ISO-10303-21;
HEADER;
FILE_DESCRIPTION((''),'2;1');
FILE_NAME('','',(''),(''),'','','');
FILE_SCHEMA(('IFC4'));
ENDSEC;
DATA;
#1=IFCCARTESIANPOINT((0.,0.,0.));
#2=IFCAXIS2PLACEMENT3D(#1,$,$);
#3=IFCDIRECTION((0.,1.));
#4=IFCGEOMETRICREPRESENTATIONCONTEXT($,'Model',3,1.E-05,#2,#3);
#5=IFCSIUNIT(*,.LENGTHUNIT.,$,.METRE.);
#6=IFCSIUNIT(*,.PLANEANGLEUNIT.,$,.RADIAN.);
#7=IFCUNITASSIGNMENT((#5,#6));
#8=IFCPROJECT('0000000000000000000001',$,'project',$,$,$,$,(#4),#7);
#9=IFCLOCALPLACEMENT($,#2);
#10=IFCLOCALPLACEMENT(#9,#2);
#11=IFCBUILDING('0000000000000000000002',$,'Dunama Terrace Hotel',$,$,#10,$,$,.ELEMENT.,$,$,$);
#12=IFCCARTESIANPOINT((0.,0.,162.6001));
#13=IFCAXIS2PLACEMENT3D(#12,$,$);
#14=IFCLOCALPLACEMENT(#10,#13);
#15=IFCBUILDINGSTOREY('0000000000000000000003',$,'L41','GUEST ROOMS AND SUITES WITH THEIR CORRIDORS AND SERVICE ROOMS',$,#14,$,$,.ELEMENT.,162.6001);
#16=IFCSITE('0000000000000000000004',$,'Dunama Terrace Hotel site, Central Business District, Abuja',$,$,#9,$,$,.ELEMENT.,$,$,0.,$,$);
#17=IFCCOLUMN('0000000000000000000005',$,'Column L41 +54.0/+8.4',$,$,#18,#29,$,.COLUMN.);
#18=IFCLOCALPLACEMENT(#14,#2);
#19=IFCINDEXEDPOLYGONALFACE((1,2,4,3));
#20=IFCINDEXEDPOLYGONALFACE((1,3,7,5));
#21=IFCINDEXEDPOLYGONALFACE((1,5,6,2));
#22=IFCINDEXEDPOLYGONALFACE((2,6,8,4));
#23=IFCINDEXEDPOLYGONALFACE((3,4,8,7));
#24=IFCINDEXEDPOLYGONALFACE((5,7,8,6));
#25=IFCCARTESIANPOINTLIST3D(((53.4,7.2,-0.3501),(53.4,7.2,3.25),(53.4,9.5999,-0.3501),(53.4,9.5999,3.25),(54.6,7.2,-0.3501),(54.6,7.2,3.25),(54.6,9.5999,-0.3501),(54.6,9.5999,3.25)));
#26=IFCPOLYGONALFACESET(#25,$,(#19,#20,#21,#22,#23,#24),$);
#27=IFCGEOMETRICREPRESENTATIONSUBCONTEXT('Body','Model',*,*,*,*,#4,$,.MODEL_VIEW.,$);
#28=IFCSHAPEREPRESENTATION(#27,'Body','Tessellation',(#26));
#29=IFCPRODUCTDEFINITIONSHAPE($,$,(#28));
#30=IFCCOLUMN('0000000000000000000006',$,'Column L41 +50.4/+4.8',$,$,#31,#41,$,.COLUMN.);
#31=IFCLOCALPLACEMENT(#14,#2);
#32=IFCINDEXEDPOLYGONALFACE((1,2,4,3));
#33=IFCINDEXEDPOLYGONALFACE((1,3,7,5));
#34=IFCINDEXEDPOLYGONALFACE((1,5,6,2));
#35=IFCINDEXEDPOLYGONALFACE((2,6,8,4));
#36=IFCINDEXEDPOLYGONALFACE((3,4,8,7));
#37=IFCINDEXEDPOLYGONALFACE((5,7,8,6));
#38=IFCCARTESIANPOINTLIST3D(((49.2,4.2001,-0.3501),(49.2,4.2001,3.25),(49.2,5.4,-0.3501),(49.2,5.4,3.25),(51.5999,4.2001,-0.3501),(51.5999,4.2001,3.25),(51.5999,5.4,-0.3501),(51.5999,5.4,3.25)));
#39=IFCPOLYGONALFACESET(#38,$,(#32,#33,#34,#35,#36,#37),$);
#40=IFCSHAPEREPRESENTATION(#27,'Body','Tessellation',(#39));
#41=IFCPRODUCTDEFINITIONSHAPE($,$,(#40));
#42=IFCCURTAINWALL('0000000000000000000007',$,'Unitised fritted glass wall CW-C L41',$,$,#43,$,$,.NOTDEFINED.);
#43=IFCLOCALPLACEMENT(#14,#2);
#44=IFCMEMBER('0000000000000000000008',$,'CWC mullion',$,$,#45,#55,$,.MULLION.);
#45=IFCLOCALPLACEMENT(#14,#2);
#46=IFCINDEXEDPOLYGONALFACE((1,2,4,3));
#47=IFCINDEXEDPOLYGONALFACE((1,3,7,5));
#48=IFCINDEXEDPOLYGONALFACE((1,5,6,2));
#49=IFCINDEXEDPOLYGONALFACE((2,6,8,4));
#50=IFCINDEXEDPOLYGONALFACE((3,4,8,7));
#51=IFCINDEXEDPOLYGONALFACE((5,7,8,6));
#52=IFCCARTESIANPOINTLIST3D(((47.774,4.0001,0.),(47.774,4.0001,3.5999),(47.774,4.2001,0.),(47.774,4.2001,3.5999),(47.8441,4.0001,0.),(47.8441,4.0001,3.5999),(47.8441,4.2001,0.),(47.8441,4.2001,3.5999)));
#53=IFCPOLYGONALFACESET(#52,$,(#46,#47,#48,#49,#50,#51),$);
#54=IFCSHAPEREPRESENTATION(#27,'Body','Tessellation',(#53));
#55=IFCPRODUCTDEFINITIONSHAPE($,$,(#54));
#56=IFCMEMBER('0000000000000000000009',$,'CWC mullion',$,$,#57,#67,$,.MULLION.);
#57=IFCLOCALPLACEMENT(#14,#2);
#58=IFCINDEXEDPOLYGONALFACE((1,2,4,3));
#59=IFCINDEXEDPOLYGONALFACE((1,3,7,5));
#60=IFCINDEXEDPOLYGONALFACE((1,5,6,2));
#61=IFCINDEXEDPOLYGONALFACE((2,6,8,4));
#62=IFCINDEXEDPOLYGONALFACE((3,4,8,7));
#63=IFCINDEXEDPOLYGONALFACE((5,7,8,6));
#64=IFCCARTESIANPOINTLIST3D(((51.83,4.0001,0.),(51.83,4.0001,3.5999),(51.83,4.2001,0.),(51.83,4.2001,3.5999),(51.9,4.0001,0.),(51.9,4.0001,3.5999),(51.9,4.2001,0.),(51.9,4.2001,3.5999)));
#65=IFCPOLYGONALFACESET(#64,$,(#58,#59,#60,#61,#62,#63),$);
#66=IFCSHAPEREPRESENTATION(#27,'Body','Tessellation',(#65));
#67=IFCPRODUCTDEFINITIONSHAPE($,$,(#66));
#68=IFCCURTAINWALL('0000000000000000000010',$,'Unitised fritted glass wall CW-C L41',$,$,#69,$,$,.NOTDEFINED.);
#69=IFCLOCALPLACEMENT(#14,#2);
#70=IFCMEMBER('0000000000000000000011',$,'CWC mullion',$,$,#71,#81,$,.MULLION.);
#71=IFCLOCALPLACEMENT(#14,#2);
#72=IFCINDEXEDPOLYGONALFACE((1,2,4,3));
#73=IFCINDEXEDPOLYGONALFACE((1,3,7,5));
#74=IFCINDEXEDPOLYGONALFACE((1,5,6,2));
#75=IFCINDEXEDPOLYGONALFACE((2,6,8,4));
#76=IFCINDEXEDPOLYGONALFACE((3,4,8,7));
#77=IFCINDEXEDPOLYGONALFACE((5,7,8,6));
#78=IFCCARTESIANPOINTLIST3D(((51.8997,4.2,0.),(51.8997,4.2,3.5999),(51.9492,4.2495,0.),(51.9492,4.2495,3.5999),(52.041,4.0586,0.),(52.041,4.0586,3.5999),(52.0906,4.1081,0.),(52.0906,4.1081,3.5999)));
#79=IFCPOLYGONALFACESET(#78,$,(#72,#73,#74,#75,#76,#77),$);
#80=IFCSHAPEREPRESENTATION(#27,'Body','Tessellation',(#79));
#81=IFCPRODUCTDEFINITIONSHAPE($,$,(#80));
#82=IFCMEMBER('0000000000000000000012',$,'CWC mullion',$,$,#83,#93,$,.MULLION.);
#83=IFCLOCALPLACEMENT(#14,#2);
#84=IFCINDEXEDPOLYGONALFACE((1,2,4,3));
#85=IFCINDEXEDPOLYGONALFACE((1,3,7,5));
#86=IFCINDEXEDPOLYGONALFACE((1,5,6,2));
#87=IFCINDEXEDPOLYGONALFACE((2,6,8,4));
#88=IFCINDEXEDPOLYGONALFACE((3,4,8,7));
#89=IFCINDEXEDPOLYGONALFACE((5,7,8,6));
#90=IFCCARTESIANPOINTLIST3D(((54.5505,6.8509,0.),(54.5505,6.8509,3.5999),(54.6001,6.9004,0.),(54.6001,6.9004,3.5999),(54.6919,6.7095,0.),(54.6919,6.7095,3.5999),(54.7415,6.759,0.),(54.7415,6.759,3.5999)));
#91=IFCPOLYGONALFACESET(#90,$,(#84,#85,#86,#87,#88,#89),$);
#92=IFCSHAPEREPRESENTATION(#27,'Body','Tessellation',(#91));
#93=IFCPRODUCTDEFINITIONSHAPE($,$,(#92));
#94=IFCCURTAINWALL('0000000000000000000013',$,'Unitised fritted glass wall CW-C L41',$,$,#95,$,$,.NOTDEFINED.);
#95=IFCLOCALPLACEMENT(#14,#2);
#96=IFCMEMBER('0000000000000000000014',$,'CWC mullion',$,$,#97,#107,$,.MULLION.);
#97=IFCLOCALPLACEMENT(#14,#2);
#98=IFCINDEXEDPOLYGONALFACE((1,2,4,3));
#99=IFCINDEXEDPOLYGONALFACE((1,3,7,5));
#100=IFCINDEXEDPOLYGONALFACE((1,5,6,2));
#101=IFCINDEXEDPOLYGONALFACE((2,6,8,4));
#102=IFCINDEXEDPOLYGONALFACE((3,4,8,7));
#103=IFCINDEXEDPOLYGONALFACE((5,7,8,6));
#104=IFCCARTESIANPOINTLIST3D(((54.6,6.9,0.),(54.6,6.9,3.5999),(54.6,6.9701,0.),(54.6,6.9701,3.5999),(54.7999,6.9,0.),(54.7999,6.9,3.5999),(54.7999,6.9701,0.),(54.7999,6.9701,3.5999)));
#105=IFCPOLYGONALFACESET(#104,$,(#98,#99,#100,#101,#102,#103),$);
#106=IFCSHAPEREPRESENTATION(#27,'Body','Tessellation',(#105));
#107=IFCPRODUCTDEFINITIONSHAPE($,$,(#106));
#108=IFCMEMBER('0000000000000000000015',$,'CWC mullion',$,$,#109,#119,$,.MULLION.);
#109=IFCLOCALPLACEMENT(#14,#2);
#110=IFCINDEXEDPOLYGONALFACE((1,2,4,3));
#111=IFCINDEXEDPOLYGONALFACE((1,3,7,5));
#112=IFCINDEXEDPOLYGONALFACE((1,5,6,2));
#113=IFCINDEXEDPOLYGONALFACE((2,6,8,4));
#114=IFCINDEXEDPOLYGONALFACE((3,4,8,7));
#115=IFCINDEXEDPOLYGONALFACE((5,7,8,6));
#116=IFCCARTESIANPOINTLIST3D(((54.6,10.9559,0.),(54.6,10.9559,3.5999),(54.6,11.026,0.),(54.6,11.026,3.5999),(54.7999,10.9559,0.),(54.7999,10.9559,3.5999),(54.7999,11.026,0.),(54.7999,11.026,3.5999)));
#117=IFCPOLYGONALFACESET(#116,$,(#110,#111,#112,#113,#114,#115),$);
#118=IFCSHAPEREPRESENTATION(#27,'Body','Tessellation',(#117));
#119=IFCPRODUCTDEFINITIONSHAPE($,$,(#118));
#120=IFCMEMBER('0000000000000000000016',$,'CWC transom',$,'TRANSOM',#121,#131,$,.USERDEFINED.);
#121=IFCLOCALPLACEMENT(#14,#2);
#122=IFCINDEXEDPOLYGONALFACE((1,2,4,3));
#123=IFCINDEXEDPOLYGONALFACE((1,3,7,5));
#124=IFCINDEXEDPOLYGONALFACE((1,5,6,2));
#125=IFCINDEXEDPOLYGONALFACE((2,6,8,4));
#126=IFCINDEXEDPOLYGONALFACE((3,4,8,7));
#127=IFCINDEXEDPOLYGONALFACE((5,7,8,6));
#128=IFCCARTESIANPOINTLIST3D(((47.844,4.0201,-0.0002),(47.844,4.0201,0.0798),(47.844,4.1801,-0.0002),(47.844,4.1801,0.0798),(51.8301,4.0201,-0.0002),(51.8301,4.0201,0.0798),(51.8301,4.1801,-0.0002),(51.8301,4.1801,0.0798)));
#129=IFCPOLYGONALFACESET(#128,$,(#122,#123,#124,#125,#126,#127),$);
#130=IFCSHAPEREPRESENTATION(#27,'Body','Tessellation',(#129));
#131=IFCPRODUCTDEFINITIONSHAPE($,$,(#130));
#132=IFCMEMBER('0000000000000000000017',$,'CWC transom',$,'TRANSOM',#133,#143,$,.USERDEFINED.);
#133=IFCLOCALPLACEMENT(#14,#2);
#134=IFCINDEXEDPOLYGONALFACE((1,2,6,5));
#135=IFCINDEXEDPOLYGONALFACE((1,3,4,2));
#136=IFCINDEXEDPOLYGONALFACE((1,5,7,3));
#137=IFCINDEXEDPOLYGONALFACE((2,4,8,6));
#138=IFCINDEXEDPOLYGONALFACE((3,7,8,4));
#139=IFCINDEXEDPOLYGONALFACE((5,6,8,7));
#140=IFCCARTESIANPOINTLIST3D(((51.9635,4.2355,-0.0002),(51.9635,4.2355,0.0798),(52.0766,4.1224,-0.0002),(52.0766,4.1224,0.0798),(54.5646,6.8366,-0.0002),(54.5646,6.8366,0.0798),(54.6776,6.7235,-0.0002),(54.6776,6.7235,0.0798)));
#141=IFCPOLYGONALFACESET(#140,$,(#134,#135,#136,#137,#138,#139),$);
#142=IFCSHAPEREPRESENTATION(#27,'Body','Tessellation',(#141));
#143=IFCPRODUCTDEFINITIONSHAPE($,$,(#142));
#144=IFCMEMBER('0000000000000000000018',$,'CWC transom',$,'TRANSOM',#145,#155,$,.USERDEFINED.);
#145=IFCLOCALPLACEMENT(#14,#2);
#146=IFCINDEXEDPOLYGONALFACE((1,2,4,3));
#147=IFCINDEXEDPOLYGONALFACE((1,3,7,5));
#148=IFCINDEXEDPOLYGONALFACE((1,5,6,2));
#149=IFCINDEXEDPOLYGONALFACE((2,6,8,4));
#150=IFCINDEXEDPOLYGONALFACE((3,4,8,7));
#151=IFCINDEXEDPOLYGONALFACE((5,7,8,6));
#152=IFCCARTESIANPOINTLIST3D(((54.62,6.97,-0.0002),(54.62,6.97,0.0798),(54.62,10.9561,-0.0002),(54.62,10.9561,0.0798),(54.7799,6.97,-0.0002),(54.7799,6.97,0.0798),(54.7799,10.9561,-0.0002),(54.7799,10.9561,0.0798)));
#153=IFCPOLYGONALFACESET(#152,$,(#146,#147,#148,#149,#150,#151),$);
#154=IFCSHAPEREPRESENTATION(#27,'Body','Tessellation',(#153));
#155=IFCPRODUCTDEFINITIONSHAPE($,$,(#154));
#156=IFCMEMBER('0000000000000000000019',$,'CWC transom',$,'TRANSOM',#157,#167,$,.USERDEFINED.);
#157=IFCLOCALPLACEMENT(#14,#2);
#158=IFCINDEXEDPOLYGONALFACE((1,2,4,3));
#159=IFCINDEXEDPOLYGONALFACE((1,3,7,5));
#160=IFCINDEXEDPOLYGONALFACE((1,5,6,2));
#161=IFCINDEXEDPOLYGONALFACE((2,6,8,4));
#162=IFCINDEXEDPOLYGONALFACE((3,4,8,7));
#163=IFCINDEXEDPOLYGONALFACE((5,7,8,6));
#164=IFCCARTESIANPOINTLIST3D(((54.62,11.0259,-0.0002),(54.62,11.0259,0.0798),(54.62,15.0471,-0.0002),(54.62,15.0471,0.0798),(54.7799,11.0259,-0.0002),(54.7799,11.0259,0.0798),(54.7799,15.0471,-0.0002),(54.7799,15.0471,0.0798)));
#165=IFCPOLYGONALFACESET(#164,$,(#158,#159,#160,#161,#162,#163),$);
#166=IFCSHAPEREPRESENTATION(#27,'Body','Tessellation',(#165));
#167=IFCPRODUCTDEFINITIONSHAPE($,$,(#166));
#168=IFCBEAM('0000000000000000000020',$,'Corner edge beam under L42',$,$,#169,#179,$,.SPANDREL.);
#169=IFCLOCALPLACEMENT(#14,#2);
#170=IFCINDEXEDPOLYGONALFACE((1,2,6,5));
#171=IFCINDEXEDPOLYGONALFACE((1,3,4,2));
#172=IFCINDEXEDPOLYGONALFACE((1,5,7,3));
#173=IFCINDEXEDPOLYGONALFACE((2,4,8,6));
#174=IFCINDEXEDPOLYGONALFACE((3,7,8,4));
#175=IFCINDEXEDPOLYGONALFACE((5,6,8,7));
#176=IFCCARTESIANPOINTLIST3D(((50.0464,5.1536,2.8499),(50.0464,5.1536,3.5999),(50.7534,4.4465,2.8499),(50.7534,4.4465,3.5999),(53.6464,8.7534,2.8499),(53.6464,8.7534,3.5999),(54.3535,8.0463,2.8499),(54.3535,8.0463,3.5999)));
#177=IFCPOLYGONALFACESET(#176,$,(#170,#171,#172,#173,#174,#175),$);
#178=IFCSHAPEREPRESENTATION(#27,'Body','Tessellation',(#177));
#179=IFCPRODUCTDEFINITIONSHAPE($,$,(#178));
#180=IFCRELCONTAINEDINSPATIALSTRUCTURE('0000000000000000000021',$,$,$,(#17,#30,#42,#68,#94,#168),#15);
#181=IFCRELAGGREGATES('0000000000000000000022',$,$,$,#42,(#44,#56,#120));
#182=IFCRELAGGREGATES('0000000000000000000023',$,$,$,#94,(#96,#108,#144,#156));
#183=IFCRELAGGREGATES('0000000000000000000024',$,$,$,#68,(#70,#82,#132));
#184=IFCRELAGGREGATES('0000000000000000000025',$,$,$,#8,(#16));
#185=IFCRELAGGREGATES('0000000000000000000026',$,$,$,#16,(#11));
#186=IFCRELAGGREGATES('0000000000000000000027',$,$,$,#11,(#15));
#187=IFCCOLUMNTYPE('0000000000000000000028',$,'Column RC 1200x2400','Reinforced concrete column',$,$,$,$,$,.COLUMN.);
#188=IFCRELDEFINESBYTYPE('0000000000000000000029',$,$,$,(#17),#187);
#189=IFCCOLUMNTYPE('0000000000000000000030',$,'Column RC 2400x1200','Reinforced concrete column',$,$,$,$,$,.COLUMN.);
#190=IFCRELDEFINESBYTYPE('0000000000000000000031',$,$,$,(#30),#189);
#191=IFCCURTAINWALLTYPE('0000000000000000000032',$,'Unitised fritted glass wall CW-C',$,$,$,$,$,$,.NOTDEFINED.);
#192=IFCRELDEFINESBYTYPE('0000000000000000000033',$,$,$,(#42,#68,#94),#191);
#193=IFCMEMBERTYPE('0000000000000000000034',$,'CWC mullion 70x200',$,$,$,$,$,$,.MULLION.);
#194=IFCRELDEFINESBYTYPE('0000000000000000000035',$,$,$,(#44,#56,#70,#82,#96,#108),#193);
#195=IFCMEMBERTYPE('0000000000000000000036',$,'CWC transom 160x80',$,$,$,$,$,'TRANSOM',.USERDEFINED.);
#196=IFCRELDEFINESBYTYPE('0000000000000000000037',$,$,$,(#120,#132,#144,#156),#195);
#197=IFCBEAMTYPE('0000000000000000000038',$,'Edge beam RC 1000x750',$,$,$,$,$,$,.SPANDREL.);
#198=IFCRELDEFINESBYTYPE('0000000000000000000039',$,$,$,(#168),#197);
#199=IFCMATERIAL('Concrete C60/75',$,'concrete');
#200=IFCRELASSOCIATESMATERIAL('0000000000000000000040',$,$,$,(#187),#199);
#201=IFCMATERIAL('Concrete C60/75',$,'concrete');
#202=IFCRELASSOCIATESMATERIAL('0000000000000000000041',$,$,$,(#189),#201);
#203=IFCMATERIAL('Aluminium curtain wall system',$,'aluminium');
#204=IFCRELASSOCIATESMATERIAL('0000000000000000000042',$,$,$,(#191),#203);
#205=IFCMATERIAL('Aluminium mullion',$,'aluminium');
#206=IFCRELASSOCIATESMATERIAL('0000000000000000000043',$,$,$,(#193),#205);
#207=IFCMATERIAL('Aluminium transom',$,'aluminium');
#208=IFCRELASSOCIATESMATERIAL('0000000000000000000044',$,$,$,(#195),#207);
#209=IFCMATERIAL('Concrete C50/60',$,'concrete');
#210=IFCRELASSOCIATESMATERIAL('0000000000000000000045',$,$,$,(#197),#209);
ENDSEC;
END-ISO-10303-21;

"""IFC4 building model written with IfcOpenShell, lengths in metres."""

from ifc_helpers import new_model, si_unit, direction, frame, origin, origin_2d, place, context, subcontext, project, spatial, rectangle, extrude, material, material_profile, profile_set, type_object, element, aggregate, save


model = new_model("IFC4")

# Units and contexts
model_context = context("Model", 3, precision=1e-05, world=origin(), true_north=direction((0.0, 1.0)))
body_context = subcontext(model_context, "Body", "Model", "MODEL_VIEW")
ifc_project = project(units=[si_unit("LENGTHUNIT", "METRE"), si_unit("PLANEANGLEUNIT", "RADIAN")], contexts=[model_context])

# Site, building, storey
site_placement = place(None, origin())
site = spatial("IfcSite", under=ifc_project, at=site_placement, Name="Dunama Terrace Hotel site, Central Business District, Abuja", CompositionType="ELEMENT", RefElevation=0.0)
building_placement = place(site_placement, origin())
building = spatial("IfcBuilding", under=site, at=building_placement, Name="Dunama Terrace Hotel", CompositionType="ELEMENT")
storey_placement = place(building_placement, frame((0.0, 0.0, 162.6001)))
storey = spatial("IfcBuildingStorey", under=building, at=storey_placement, Name="L41", Description="GUEST ROOMS AND SUITES WITH THEIR CORRIDORS AND SERVICE ROOMS", CompositionType="ELEMENT", Elevation=162.6001)

# Columns
ifc_material_1 = material(Name="Concrete C60/75", Category="concrete")
ifc_material_profile_1 = material_profile(ifc_material_1, rectangle(XDim=1.2, YDim=2.3999, at=origin_2d()), Name="RC 1200x2400")
ifc_profile_set_1 = profile_set([ifc_material_profile_1], Name="Concrete C60/75")
column_type_1 = type_object("IfcColumnType", Name="Column RC 1200x2400", Description="Reinforced concrete column", PredefinedType="COLUMN", material=ifc_profile_set_1)
column_1_placement = place(storey_placement, frame((54.0, 8.3999, -0.3501), z_axis=(0.0, 0.0, 1.0), x_axis=(1.0, 0.0, 0.0)))
element("IfcColumn", 1, at=column_1_placement, inside=storey, type_object=column_type_1, Name="Column L41 +54.0/+8.4", PredefinedType="COLUMN", context=body_context, shape_type="SweptSolid", body=[
    extrude(rectangle(XDim=1.2, YDim=2.3999, at=origin_2d()), origin(), (0.0, 0.0, 1.0), 3.6001),
])
ifc_material_2 = material(Name="Concrete C60/75", Category="concrete")
ifc_material_profile_2 = material_profile(ifc_material_2, rectangle(XDim=2.3999, YDim=1.2, at=origin_2d()), Name="RC 2400x1200")
ifc_profile_set_2 = profile_set([ifc_material_profile_2], Name="Concrete C60/75")
column_type_2 = type_object("IfcColumnType", Name="Column RC 2400x1200", Description="Reinforced concrete column", PredefinedType="COLUMN", material=ifc_profile_set_2)
column_2_placement = place(storey_placement, frame((50.3999, 4.8, -0.3501), z_axis=(0.0, 0.0, 1.0), x_axis=(1.0, 0.0, 0.0)))
element("IfcColumn", 2, at=column_2_placement, inside=storey, type_object=column_type_2, Name="Column L41 +50.4/+4.8", PredefinedType="COLUMN", context=body_context, shape_type="SweptSolid", body=[
    extrude(rectangle(XDim=2.3999, YDim=1.2, at=origin_2d()), origin(), (0.0, 0.0, 1.0), 3.6001),
])

# Curtain walls, members
ifc_material_3 = material(Name="Aluminium curtain wall system", Category="aluminium")
curtain_wall_type = type_object("IfcCurtainWallType", Name="Unitised fritted glass wall CW-C", PredefinedType="NOTDEFINED", material=ifc_material_3)
curtain_wall_1_placement = place(storey_placement, origin())
curtain_wall_1 = element("IfcCurtainWall", 3, at=curtain_wall_1_placement, inside=storey, type_object=curtain_wall_type, Name="Unitised fritted glass wall CW-C L41", PredefinedType="NOTDEFINED")
ifc_material_4 = material(Name="Aluminium mullion", Category="aluminium")
ifc_material_profile_3 = material_profile(ifc_material_4, rectangle(XDim=0.0701, YDim=0.2, at=origin_2d()), Name="CWC MULLION 70X200")
ifc_profile_set_3 = profile_set([ifc_material_profile_3], Name="Aluminium mullion")
member_type_1 = type_object("IfcMemberType", Name="CWC mullion 70x200", PredefinedType="MULLION", material=ifc_profile_set_3)
member_1_placement = place(storey_placement, frame((47.8091, 4.1001, 0.0), z_axis=(0.0, 0.0, 1.0), x_axis=(1.0, 0.0, 0.0)))
member_1 = element("IfcMember", 4, at=member_1_placement, type_object=member_type_1, Name="CWC mullion", PredefinedType="MULLION", context=body_context, shape_type="SweptSolid", body=[
    extrude(rectangle(XDim=0.0701, YDim=0.2, at=origin_2d()), origin(), (0.0, 0.0, 1.0), 3.5999),
])
member_2_placement = place(storey_placement, frame((51.865, 4.1001, 0.0), z_axis=(0.0, 0.0, 1.0), x_axis=(1.0, 0.0, 0.0)))
member_2 = element("IfcMember", 5, at=member_2_placement, type_object=member_type_1, Name="CWC mullion", PredefinedType="MULLION", context=body_context, shape_type="SweptSolid", body=[
    extrude(rectangle(XDim=0.0701, YDim=0.2, at=origin_2d()), origin(), (0.0, 0.0, 1.0), 3.5999),
])
curtain_wall_2_placement = place(storey_placement, origin())
curtain_wall_2 = element("IfcCurtainWall", 6, at=curtain_wall_2_placement, inside=storey, type_object=curtain_wall_type, Name="Unitised fritted glass wall CW-C L41", PredefinedType="NOTDEFINED")
member_3_placement = place(storey_placement, frame((51.9951, 4.1541, 0.0), z_axis=(0.0, 0.0, 1.0), x_axis=(0.707107, 0.707107, 0.0)))
member_3 = element("IfcMember", 7, at=member_3_placement, type_object=member_type_1, Name="CWC mullion", PredefinedType="MULLION", context=body_context, shape_type="SweptSolid", body=[
    extrude(rectangle(XDim=0.0701, YDim=0.2, at=origin_2d()), origin(), (0.0, 0.0, 1.0), 3.5999),
])
member_4_placement = place(storey_placement, frame((54.646, 6.8049, 0.0), z_axis=(0.0, 0.0, 1.0), x_axis=(0.707107, 0.707107, 0.0)))
member_4 = element("IfcMember", 8, at=member_4_placement, type_object=member_type_1, Name="CWC mullion", PredefinedType="MULLION", context=body_context, shape_type="SweptSolid", body=[
    extrude(rectangle(XDim=0.0701, YDim=0.2, at=origin_2d()), origin(), (0.0, 0.0, 1.0), 3.5999),
])
curtain_wall_3_placement = place(storey_placement, origin())
curtain_wall_3 = element("IfcCurtainWall", 9, at=curtain_wall_3_placement, inside=storey, type_object=curtain_wall_type, Name="Unitised fritted glass wall CW-C L41", PredefinedType="NOTDEFINED")
member_5_placement = place(storey_placement, frame((54.7, 6.9351, 0.0), z_axis=(0.0, 0.0, 1.0), x_axis=(0.0, 1.0, 0.0)))
member_5 = element("IfcMember", 10, at=member_5_placement, type_object=member_type_1, Name="CWC mullion", PredefinedType="MULLION", context=body_context, shape_type="SweptSolid", body=[
    extrude(rectangle(XDim=0.0701, YDim=0.2, at=origin_2d()), origin(), (0.0, 0.0, 1.0), 3.5999),
])
member_6_placement = place(storey_placement, frame((54.7, 10.991, 0.0), z_axis=(0.0, 0.0, 1.0), x_axis=(0.0, 1.0, 0.0)))
member_6 = element("IfcMember", 11, at=member_6_placement, type_object=member_type_1, Name="CWC mullion", PredefinedType="MULLION", context=body_context, shape_type="SweptSolid", body=[
    extrude(rectangle(XDim=0.0701, YDim=0.2, at=origin_2d()), origin(), (0.0, 0.0, 1.0), 3.5999),
])

# Members
ifc_material_5 = material(Name="Aluminium transom", Category="aluminium")
ifc_material_profile_4 = material_profile(ifc_material_5, rectangle(XDim=0.1599, YDim=0.0801, at=origin_2d()), Name="CWC TRANSOM 160X80")
ifc_profile_set_4 = profile_set([ifc_material_profile_4], Name="Aluminium transom")
member_type_2 = type_object("IfcMemberType", Name="CWC transom 160x80", ElementType="TRANSOM", PredefinedType="USERDEFINED", material=ifc_profile_set_4)
member_7_placement = place(storey_placement, frame((47.844, 4.1001, 0.0398), z_axis=(1.0, 0.0, 0.0), x_axis=(0.0, 1.0, 0.0)))
member_7 = element("IfcMember", 12, at=member_7_placement, type_object=member_type_2, Name="CWC transom", ObjectType="TRANSOM", PredefinedType="USERDEFINED", context=body_context, shape_type="SweptSolid", body=[
    extrude(rectangle(XDim=0.1599, YDim=0.0801, at=origin_2d()), origin(), (0.0, 0.0, 1.0), 3.9861),
])
member_8_placement = place(storey_placement, frame((52.02, 4.179, 0.0398), z_axis=(0.707107, 0.707107, 0.0), x_axis=(-0.707107, 0.707107, 0.0)))
member_8 = element("IfcMember", 13, at=member_8_placement, type_object=member_type_2, Name="CWC transom", ObjectType="TRANSOM", PredefinedType="USERDEFINED", context=body_context, shape_type="SweptSolid", body=[
    extrude(rectangle(XDim=0.1599, YDim=0.0801, at=origin_2d()), origin(), (0.0, 0.0, 1.0), 3.6785),
])
member_9_placement = place(storey_placement, frame((54.7, 6.97, 0.0398), z_axis=(0.0, 1.0, 0.0), x_axis=(-1.0, 0.0, 0.0)))
member_9 = element("IfcMember", 14, at=member_9_placement, type_object=member_type_2, Name="CWC transom", ObjectType="TRANSOM", PredefinedType="USERDEFINED", context=body_context, shape_type="SweptSolid", body=[
    extrude(rectangle(XDim=0.1599, YDim=0.0801, at=origin_2d()), origin(), (0.0, 0.0, 1.0), 3.9861),
])
member_10_placement = place(storey_placement, frame((54.7, 11.0259, 0.0398), z_axis=(0.0, 1.0, 0.0), x_axis=(-1.0, 0.0, 0.0)))
member_10 = element("IfcMember", 15, at=member_10_placement, type_object=member_type_2, Name="CWC transom", ObjectType="TRANSOM", PredefinedType="USERDEFINED", context=body_context, shape_type="SweptSolid", body=[
    extrude(rectangle(XDim=0.1599, YDim=0.0801, at=origin_2d()), origin(), (0.0, 0.0, 1.0), 4.0212),
])

# Beam
ifc_material_6 = material(Name="Concrete C50/60", Category="concrete")
ifc_material_profile_5 = material_profile(ifc_material_6, rectangle(XDim=1.0, YDim=0.75, at=origin_2d()), Name="RC 1000x750")
ifc_profile_set_5 = profile_set([ifc_material_profile_5], Name="Concrete C50/60")
beam_type_1 = type_object("IfcBeamType", Name="Edge beam RC 1000x750", PredefinedType="SPANDREL", material=ifc_profile_set_5)
beam_1_placement = place(storey_placement, frame((50.3999, 4.8, 3.2249), z_axis=(0.707131, 0.707083, 0.0), x_axis=(-0.707083, 0.707131, 0.0)))
element("IfcBeam", 16, at=beam_1_placement, inside=storey, type_object=beam_type_1, Name="Corner edge beam under L42", PredefinedType="SPANDREL", context=body_context, shape_type="SweptSolid", body=[
    extrude(rectangle(XDim=1.0, YDim=0.75, at=origin_2d()), origin(), (0.0, 0.0, 1.0), 5.0911),
])

aggregate(curtain_wall_1, [member_1, member_2, member_7])
aggregate(curtain_wall_3, [member_5, member_6, member_9, member_10])
aggregate(curtain_wall_2, [member_3, member_4, member_8])

save(model, "model.ifc")
